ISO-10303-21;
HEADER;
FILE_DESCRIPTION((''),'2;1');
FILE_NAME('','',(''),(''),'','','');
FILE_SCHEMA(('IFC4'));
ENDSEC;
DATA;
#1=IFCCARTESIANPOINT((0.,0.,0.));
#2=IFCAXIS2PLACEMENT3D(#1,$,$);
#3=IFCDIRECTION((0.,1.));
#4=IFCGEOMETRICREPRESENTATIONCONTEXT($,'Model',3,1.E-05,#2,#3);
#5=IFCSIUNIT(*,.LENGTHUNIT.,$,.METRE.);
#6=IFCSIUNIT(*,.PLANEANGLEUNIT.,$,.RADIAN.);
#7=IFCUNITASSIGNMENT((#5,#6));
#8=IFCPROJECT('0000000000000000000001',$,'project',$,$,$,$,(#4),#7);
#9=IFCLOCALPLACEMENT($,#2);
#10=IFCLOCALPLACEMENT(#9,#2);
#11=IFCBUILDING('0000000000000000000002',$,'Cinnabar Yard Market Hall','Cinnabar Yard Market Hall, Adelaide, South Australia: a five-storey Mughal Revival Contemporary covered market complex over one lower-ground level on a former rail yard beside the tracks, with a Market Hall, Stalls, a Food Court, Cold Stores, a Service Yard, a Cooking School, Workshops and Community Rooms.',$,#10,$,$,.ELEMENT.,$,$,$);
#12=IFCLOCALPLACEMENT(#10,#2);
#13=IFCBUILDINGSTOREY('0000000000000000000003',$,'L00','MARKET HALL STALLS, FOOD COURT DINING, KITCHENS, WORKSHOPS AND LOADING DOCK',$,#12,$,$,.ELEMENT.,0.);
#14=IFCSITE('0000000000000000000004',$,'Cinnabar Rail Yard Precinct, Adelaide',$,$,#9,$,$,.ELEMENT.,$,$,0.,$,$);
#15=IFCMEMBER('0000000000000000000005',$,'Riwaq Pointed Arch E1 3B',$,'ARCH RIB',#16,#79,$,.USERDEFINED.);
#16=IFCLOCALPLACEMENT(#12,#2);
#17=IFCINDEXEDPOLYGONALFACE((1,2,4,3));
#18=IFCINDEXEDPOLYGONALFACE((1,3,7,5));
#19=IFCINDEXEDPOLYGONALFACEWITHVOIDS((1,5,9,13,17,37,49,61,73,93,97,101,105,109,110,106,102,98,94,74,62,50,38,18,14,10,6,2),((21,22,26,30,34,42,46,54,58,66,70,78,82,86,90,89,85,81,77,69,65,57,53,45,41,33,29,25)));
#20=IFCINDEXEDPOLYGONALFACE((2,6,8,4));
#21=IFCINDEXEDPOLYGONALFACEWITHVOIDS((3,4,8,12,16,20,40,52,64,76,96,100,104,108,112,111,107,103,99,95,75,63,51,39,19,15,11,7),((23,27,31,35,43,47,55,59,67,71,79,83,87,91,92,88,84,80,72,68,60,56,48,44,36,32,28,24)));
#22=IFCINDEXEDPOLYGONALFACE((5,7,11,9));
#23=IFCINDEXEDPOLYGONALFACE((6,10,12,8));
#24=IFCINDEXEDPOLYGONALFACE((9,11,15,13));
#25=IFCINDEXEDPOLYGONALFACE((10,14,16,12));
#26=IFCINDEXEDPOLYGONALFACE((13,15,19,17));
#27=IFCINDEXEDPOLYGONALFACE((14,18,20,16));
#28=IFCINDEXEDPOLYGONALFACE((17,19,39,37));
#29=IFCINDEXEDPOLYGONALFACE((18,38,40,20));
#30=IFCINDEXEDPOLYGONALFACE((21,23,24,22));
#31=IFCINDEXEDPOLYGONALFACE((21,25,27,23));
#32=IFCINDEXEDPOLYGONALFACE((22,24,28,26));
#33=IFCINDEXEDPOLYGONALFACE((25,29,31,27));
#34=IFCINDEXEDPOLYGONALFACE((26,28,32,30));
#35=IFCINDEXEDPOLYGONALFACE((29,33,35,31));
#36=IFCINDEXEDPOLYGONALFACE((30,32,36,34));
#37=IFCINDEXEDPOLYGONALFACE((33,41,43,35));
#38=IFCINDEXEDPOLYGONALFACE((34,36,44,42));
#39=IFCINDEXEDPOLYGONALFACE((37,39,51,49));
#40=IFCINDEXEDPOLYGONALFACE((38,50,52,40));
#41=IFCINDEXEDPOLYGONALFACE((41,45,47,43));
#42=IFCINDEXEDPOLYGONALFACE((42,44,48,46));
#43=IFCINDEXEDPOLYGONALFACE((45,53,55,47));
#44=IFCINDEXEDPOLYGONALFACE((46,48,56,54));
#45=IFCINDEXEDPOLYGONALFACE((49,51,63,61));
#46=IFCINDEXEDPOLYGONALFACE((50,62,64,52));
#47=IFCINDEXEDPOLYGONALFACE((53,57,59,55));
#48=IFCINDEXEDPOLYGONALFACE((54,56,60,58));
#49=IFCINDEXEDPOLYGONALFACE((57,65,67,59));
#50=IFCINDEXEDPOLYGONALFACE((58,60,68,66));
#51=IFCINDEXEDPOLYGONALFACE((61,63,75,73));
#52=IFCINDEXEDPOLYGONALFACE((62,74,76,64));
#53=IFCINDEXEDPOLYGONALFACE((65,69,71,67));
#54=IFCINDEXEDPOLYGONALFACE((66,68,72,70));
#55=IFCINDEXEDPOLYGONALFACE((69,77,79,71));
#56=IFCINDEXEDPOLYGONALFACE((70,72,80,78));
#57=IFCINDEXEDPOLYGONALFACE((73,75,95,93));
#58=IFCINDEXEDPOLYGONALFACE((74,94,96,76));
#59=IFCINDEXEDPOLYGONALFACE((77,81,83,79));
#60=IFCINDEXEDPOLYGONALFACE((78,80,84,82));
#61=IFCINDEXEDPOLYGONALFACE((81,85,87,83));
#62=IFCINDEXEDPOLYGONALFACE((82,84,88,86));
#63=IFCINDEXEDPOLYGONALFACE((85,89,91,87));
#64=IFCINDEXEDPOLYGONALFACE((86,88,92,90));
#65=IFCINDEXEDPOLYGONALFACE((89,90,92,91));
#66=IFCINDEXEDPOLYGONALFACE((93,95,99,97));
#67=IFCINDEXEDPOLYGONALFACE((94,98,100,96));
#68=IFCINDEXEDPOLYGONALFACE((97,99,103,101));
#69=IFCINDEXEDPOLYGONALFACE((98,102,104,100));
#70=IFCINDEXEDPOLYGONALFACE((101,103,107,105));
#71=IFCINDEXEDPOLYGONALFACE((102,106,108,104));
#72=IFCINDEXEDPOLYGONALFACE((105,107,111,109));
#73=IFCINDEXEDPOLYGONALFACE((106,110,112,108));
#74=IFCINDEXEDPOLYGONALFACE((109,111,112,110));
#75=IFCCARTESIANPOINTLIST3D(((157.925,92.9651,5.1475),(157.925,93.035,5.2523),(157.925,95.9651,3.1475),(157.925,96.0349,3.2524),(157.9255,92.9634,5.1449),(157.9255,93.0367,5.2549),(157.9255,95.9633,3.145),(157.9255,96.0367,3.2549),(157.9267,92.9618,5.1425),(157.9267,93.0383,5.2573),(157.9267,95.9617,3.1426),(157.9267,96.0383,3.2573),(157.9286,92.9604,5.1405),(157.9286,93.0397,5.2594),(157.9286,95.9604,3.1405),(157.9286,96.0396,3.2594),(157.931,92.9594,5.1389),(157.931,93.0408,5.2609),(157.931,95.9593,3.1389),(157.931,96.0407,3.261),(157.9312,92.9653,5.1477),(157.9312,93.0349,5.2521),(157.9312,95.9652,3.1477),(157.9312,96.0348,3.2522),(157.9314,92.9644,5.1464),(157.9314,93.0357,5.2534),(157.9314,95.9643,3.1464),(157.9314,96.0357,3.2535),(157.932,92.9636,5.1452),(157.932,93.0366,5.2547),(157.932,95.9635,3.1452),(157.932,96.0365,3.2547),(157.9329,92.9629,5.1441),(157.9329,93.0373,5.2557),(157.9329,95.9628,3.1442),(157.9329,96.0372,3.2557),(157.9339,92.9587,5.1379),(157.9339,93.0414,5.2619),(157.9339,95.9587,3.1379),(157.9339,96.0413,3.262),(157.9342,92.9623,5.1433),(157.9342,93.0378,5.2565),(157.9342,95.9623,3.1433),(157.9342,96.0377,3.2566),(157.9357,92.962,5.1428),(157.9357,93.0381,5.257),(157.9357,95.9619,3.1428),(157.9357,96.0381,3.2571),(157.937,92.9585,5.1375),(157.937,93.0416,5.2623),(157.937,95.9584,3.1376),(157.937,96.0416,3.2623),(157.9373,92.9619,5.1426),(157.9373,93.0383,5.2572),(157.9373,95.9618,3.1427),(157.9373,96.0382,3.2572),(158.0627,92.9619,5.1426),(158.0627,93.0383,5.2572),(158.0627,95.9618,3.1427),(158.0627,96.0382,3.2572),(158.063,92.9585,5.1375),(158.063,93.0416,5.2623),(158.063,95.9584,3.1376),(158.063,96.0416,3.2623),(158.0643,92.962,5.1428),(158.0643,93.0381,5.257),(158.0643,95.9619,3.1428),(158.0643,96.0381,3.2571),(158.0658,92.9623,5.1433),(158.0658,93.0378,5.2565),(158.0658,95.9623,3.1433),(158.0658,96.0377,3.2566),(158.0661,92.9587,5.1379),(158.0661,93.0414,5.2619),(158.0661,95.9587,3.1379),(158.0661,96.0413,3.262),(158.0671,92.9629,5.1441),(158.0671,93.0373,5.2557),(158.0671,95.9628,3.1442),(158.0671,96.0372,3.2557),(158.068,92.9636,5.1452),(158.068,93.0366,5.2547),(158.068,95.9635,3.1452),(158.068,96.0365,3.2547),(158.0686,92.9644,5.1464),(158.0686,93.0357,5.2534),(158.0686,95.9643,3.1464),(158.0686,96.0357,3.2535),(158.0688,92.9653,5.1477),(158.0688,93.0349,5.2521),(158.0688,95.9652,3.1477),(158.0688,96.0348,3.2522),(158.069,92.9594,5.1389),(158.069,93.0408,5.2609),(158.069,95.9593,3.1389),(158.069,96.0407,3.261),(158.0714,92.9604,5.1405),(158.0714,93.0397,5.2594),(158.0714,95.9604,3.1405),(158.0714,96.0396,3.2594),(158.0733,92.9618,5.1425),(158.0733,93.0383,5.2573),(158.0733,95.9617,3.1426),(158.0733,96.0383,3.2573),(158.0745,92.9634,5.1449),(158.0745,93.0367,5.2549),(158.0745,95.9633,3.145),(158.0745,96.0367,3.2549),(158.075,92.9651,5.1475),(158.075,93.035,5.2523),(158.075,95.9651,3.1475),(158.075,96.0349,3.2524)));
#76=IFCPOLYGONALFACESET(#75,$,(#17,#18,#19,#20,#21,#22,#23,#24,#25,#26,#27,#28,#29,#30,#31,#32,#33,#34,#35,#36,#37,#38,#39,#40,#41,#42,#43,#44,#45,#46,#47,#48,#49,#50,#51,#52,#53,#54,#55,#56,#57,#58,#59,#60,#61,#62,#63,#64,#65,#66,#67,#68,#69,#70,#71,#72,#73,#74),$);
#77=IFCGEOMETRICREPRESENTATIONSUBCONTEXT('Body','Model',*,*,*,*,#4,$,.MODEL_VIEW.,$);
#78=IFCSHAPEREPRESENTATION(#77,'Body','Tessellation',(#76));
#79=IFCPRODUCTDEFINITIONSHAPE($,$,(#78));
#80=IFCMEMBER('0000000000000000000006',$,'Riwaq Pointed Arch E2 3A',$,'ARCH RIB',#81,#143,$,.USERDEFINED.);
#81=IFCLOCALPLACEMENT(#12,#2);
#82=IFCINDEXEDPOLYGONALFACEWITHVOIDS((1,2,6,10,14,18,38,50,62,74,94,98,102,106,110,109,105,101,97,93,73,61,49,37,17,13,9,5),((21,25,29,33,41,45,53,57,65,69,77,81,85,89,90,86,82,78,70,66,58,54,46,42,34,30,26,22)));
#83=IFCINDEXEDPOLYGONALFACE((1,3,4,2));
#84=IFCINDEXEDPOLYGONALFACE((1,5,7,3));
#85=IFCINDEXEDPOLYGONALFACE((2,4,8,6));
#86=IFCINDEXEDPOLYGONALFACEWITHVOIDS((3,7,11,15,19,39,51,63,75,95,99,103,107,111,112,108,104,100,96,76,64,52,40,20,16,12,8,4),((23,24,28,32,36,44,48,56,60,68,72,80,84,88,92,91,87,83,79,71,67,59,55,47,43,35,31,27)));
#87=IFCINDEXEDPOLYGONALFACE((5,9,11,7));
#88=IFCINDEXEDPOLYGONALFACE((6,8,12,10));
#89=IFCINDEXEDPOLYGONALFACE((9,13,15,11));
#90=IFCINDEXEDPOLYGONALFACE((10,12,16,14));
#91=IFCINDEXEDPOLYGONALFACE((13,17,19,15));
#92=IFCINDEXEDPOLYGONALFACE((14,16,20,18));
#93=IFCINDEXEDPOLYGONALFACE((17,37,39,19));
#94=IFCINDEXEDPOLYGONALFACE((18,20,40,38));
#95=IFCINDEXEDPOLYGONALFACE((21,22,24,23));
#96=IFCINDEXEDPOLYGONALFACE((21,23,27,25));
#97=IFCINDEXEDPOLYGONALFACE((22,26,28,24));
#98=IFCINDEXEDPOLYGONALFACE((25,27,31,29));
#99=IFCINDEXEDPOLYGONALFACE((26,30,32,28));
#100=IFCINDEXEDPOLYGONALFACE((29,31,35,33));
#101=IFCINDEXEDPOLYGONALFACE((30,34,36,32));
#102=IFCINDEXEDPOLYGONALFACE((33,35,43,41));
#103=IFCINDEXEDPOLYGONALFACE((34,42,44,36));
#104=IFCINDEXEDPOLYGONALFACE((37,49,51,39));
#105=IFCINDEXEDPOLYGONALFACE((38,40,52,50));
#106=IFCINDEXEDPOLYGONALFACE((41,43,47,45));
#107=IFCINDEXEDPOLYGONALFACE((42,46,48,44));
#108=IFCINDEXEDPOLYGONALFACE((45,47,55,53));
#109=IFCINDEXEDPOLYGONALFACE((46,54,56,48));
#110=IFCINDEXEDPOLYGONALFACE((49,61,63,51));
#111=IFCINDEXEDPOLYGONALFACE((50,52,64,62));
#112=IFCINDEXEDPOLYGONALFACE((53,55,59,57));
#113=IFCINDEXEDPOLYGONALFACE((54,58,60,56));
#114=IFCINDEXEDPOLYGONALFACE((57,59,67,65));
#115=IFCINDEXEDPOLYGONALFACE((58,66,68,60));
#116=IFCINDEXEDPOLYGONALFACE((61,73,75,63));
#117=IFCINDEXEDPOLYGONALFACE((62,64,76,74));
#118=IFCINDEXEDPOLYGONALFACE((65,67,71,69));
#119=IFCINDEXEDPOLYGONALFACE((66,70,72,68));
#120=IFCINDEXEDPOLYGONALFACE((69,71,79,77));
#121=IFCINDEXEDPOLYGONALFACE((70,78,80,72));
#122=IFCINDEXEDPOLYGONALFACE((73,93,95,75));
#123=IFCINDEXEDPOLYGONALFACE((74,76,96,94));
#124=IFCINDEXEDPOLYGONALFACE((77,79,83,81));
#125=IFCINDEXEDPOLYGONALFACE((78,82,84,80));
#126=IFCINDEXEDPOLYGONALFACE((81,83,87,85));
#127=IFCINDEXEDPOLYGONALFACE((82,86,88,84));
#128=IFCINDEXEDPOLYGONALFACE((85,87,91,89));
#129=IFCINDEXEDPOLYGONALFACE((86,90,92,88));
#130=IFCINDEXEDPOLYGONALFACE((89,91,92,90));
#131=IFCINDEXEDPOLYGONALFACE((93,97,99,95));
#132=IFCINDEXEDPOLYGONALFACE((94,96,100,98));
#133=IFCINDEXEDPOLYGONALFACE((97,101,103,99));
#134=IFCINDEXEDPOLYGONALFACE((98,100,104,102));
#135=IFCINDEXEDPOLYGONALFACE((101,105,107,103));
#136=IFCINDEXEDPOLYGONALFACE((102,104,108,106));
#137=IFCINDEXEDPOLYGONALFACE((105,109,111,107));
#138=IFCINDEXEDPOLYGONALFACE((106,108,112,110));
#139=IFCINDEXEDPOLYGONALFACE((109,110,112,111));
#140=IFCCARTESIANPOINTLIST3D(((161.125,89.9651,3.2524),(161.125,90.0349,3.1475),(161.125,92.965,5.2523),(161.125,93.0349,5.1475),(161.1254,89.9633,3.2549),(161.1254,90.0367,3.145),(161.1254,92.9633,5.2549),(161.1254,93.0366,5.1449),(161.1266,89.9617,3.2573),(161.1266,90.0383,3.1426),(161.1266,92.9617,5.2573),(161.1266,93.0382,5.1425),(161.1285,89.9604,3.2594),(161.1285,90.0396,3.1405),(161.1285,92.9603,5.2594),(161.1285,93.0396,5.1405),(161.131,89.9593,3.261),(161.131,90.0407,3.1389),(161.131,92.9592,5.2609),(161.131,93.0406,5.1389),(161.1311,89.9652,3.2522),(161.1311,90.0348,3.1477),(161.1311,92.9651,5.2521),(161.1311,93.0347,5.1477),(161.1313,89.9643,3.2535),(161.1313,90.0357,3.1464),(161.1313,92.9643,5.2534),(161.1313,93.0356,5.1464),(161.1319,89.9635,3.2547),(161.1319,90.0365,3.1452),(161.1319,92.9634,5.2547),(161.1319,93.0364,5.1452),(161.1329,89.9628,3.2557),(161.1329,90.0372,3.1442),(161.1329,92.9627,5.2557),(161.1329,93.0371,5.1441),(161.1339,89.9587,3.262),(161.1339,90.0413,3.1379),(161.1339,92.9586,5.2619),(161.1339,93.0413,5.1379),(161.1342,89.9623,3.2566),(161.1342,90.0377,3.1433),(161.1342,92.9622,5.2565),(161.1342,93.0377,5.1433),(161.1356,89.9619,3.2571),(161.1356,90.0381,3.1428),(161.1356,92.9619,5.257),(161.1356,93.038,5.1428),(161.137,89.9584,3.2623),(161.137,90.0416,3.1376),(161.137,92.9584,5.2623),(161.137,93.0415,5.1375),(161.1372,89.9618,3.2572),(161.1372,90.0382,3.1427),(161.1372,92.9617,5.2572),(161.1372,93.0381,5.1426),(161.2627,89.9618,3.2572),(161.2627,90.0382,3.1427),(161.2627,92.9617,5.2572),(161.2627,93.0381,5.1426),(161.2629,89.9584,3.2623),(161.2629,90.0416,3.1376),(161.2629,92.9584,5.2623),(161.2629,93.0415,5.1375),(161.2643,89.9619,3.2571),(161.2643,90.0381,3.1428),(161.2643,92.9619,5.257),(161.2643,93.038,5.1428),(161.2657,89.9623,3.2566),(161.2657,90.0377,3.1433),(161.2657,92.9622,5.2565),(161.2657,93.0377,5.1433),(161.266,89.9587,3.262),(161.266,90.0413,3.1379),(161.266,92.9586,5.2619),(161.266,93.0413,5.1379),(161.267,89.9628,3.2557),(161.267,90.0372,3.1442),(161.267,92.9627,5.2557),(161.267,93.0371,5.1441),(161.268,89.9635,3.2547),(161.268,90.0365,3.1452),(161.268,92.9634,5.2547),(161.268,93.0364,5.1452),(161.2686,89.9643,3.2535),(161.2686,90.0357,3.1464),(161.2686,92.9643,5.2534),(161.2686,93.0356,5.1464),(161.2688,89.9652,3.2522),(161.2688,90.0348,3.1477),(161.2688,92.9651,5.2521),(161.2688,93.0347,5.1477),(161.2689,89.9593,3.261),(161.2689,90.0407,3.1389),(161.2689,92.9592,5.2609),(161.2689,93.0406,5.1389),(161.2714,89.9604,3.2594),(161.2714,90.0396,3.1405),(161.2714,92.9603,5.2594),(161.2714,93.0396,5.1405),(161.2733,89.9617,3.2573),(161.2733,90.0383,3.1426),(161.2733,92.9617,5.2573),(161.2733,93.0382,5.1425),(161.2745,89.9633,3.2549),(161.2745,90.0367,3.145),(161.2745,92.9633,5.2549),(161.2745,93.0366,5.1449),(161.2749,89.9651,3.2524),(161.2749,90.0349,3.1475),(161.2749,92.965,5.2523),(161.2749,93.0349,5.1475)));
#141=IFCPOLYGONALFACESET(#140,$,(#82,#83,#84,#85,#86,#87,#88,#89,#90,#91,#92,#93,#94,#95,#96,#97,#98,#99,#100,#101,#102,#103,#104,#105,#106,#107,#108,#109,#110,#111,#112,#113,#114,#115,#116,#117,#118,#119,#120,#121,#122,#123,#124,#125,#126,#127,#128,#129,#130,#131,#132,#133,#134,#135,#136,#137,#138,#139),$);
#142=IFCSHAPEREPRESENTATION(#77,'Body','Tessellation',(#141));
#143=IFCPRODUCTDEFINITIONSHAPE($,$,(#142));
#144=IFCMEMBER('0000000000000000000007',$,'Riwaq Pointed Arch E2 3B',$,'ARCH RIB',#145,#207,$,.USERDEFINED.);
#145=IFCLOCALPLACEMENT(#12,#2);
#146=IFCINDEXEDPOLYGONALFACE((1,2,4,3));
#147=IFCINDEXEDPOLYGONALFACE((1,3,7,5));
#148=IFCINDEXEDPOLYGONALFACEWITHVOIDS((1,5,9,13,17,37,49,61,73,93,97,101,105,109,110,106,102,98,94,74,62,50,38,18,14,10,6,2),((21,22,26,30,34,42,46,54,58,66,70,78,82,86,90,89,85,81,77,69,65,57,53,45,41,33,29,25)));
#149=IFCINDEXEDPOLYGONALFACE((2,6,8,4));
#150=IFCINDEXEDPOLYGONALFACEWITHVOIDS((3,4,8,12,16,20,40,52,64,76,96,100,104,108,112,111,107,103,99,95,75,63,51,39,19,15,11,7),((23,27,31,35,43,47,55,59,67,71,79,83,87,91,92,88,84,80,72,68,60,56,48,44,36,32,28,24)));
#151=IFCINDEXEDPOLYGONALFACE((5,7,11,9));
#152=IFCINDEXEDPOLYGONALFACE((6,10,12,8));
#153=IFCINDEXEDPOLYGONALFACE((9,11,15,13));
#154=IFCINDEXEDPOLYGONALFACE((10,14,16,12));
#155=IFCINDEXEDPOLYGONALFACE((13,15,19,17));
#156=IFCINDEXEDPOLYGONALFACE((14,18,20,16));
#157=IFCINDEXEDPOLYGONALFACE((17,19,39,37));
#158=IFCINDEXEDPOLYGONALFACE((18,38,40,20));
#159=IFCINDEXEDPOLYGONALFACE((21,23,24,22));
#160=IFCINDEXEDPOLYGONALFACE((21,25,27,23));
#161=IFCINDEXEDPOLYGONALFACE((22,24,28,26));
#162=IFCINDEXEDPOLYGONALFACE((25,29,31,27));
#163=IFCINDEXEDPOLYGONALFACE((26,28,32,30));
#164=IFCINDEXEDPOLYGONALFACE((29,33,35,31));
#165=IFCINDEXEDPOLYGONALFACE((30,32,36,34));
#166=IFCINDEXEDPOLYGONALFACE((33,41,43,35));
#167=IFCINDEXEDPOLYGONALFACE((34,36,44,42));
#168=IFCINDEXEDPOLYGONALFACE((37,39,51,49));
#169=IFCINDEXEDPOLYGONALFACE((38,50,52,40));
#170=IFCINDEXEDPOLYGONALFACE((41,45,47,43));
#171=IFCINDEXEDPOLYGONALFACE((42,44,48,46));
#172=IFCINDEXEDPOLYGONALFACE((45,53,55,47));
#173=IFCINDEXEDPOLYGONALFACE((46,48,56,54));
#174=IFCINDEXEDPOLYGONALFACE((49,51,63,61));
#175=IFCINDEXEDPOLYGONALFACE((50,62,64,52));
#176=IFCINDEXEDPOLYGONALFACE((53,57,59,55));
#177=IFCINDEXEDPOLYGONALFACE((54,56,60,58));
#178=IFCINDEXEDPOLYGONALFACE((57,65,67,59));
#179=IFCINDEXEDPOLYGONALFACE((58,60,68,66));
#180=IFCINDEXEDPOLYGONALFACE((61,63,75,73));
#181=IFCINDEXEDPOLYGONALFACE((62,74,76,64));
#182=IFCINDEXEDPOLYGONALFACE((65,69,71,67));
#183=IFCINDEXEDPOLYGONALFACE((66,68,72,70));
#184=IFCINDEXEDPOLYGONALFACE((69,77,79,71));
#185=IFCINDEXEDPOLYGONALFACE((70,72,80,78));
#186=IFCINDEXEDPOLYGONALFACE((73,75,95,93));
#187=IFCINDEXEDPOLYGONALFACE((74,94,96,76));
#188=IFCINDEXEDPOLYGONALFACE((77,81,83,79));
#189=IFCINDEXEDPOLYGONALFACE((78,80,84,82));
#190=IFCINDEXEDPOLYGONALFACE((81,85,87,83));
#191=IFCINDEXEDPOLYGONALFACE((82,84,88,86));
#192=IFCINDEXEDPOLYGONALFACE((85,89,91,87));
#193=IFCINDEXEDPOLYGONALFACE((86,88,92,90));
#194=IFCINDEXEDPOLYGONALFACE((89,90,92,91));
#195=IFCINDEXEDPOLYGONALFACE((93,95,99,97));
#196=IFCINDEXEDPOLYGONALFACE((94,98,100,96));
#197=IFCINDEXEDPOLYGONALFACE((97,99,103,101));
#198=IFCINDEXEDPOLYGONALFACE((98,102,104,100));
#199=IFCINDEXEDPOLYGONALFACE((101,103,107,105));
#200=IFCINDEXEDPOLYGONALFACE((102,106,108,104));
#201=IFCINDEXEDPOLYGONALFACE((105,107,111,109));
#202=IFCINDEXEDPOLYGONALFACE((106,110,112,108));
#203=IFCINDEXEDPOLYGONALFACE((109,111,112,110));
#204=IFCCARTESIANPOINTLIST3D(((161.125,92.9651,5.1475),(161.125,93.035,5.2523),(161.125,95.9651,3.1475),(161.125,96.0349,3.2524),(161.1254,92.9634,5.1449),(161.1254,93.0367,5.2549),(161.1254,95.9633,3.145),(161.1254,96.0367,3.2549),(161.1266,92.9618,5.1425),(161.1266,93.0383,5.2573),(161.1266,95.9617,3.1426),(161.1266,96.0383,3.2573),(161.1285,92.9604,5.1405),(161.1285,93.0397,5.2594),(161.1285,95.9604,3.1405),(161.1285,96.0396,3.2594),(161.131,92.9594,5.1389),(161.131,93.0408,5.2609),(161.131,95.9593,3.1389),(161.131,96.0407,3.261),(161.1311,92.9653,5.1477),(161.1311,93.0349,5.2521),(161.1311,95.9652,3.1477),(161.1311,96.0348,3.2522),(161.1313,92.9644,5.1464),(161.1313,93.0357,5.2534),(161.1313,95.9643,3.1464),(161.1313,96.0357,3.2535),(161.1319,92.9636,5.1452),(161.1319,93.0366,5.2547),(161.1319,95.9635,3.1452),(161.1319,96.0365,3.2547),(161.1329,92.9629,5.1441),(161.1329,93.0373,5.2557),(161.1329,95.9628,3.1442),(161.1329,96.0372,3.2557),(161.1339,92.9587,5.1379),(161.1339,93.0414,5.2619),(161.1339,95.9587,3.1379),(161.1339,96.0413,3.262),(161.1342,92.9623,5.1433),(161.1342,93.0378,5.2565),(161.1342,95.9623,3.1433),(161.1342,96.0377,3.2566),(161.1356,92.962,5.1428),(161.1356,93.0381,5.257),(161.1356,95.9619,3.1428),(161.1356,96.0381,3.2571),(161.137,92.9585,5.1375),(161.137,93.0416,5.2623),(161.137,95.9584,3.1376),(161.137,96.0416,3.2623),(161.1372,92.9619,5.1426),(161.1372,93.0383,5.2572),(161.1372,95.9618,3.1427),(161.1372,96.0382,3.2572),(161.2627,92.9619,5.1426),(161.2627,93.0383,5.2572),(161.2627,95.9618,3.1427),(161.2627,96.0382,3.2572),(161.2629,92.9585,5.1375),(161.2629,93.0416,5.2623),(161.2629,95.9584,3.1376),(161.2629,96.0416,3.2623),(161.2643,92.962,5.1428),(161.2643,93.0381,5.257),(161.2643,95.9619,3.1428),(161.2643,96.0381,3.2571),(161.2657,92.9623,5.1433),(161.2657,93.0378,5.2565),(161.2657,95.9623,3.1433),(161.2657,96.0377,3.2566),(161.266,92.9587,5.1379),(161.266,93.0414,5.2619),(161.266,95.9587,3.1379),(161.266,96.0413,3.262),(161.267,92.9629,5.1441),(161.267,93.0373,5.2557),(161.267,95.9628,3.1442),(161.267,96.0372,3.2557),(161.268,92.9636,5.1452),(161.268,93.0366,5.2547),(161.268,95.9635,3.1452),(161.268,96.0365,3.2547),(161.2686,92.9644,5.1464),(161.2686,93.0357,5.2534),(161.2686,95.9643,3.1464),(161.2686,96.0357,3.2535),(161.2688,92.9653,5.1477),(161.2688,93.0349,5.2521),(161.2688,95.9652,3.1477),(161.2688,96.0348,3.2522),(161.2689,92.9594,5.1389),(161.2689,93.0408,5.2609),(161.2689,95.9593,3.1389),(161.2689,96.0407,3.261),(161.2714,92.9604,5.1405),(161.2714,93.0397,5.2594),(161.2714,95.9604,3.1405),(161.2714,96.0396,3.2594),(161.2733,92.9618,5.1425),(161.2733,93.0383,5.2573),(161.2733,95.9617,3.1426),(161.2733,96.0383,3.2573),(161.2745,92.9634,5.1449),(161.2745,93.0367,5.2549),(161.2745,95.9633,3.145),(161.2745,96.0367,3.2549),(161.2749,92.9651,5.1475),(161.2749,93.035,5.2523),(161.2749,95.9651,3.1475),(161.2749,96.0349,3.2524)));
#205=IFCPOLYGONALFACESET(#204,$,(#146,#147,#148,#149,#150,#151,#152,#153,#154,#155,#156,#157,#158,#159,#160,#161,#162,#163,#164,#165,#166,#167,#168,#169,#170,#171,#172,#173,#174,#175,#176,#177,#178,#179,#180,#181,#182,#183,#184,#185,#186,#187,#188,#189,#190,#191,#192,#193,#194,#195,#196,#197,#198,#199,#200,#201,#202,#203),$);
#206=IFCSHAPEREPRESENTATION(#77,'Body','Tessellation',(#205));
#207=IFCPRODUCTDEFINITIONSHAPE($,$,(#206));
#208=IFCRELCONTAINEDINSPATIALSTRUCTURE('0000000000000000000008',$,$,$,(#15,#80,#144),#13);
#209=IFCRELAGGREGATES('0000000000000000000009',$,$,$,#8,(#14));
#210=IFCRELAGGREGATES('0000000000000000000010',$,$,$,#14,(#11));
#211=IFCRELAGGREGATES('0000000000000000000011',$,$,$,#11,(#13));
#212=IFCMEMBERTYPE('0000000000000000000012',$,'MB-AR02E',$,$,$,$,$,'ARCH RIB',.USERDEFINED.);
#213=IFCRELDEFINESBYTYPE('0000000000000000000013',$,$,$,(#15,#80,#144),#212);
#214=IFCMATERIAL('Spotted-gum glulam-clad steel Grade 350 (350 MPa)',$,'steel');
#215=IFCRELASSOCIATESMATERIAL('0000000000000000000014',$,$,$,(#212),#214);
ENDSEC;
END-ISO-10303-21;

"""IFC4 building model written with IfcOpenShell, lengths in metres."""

from ifc_helpers import new_model, si_unit, direction, frame, origin, origin_2d_with_axis, place, context, subcontext, project, spatial, hollow_rectangle, extrude, material, material_profile, profile_set, type_object, element, save


model = new_model("IFC4")

# Units and contexts
model_context = context("Model", 3, precision=1e-05, world=origin(), true_north=direction((0.0, 1.0)))
body_context = subcontext(model_context, "Body", "Model", "MODEL_VIEW")
ifc_project = project(units=[si_unit("LENGTHUNIT", "METRE"), si_unit("PLANEANGLEUNIT", "RADIAN")], contexts=[model_context])

# Site, building, storey
site_placement = place(None, origin())
site = spatial("IfcSite", under=ifc_project, at=site_placement, Name="Cinnabar Rail Yard Precinct, Adelaide", CompositionType="ELEMENT", RefElevation=0.0)
building_placement = place(site_placement, origin())
building = spatial("IfcBuilding", under=site, at=building_placement, Name="Cinnabar Yard Market Hall", Description="Cinnabar Yard Market Hall, Adelaide, South Australia: a five-storey Mughal Revival Contemporary covered market complex over one lower-ground level on a former rail yard beside the tracks, with a Market Hall, Stalls, a Food Court, Cold Stores, a Service Yard, a Cooking School, Workshops and Community Rooms.", CompositionType="ELEMENT")
storey_placement = place(building_placement, origin())
storey = spatial("IfcBuildingStorey", under=building, at=storey_placement, Name="L00", Description="MARKET HALL STALLS, FOOD COURT DINING, KITCHENS, WORKSHOPS AND LOADING DOCK", CompositionType="ELEMENT", Elevation=0.0)

# Shared definitions
ifc_material_1 = material(Name="Spotted-gum glulam-clad steel Grade 350 (350 MPa)", Category="steel")

# Members
ifc_material_profile_1 = material_profile(ifc_material_1, hollow_rectangle(XDim=0.1499, YDim=0.1499, WallThickness=0.0061, InnerFilletRadius=0.0061, OuterFilletRadius=0.012, at=origin_2d_with_axis()), Name="150x150x6.0SHS")
ifc_profile_set_1 = profile_set([ifc_material_profile_1], Name="Spotted-gum glulam-clad steel Grade 350 (350 MPa)")
member_type = type_object("IfcMemberType", Name="MB-AR02E", ElementType="ARCH RIB", PredefinedType="USERDEFINED", material=ifc_profile_set_1)
for number, where, z_axis, x_axis, name in (
    (1, (158.0, 96.0, 3.2), (0.0, -0.83205, 0.5547), (1.0, 0.0, 0.0), "Riwaq Pointed Arch E1 3B"),
    (2, (161.2, 90.0, 3.2), (0.0, 0.83205, 0.5547), (-1.0, 0.0, 0.0), "Riwaq Pointed Arch E2 3A"),
    (3, (161.2, 96.0, 3.2), (0.0, -0.83205, 0.5547), (1.0, 0.0, 0.0), "Riwaq Pointed Arch E2 3B"),
):
    element("IfcMember", number, at=place(storey_placement, frame(where, z_axis=z_axis, x_axis=x_axis)), inside=storey, type_object=member_type, Name=name, ObjectType="ARCH RIB", PredefinedType="USERDEFINED", context=body_context, shape_type="SweptSolid", body=[
        extrude(hollow_rectangle(XDim=0.1499, YDim=0.1499, WallThickness=0.0061, InnerFilletRadius=0.0061, OuterFilletRadius=0.012, at=origin_2d_with_axis()), origin(), (0.0, 0.0, 1.0), 3.6055),
    ])

save(model, "model.ifc")
